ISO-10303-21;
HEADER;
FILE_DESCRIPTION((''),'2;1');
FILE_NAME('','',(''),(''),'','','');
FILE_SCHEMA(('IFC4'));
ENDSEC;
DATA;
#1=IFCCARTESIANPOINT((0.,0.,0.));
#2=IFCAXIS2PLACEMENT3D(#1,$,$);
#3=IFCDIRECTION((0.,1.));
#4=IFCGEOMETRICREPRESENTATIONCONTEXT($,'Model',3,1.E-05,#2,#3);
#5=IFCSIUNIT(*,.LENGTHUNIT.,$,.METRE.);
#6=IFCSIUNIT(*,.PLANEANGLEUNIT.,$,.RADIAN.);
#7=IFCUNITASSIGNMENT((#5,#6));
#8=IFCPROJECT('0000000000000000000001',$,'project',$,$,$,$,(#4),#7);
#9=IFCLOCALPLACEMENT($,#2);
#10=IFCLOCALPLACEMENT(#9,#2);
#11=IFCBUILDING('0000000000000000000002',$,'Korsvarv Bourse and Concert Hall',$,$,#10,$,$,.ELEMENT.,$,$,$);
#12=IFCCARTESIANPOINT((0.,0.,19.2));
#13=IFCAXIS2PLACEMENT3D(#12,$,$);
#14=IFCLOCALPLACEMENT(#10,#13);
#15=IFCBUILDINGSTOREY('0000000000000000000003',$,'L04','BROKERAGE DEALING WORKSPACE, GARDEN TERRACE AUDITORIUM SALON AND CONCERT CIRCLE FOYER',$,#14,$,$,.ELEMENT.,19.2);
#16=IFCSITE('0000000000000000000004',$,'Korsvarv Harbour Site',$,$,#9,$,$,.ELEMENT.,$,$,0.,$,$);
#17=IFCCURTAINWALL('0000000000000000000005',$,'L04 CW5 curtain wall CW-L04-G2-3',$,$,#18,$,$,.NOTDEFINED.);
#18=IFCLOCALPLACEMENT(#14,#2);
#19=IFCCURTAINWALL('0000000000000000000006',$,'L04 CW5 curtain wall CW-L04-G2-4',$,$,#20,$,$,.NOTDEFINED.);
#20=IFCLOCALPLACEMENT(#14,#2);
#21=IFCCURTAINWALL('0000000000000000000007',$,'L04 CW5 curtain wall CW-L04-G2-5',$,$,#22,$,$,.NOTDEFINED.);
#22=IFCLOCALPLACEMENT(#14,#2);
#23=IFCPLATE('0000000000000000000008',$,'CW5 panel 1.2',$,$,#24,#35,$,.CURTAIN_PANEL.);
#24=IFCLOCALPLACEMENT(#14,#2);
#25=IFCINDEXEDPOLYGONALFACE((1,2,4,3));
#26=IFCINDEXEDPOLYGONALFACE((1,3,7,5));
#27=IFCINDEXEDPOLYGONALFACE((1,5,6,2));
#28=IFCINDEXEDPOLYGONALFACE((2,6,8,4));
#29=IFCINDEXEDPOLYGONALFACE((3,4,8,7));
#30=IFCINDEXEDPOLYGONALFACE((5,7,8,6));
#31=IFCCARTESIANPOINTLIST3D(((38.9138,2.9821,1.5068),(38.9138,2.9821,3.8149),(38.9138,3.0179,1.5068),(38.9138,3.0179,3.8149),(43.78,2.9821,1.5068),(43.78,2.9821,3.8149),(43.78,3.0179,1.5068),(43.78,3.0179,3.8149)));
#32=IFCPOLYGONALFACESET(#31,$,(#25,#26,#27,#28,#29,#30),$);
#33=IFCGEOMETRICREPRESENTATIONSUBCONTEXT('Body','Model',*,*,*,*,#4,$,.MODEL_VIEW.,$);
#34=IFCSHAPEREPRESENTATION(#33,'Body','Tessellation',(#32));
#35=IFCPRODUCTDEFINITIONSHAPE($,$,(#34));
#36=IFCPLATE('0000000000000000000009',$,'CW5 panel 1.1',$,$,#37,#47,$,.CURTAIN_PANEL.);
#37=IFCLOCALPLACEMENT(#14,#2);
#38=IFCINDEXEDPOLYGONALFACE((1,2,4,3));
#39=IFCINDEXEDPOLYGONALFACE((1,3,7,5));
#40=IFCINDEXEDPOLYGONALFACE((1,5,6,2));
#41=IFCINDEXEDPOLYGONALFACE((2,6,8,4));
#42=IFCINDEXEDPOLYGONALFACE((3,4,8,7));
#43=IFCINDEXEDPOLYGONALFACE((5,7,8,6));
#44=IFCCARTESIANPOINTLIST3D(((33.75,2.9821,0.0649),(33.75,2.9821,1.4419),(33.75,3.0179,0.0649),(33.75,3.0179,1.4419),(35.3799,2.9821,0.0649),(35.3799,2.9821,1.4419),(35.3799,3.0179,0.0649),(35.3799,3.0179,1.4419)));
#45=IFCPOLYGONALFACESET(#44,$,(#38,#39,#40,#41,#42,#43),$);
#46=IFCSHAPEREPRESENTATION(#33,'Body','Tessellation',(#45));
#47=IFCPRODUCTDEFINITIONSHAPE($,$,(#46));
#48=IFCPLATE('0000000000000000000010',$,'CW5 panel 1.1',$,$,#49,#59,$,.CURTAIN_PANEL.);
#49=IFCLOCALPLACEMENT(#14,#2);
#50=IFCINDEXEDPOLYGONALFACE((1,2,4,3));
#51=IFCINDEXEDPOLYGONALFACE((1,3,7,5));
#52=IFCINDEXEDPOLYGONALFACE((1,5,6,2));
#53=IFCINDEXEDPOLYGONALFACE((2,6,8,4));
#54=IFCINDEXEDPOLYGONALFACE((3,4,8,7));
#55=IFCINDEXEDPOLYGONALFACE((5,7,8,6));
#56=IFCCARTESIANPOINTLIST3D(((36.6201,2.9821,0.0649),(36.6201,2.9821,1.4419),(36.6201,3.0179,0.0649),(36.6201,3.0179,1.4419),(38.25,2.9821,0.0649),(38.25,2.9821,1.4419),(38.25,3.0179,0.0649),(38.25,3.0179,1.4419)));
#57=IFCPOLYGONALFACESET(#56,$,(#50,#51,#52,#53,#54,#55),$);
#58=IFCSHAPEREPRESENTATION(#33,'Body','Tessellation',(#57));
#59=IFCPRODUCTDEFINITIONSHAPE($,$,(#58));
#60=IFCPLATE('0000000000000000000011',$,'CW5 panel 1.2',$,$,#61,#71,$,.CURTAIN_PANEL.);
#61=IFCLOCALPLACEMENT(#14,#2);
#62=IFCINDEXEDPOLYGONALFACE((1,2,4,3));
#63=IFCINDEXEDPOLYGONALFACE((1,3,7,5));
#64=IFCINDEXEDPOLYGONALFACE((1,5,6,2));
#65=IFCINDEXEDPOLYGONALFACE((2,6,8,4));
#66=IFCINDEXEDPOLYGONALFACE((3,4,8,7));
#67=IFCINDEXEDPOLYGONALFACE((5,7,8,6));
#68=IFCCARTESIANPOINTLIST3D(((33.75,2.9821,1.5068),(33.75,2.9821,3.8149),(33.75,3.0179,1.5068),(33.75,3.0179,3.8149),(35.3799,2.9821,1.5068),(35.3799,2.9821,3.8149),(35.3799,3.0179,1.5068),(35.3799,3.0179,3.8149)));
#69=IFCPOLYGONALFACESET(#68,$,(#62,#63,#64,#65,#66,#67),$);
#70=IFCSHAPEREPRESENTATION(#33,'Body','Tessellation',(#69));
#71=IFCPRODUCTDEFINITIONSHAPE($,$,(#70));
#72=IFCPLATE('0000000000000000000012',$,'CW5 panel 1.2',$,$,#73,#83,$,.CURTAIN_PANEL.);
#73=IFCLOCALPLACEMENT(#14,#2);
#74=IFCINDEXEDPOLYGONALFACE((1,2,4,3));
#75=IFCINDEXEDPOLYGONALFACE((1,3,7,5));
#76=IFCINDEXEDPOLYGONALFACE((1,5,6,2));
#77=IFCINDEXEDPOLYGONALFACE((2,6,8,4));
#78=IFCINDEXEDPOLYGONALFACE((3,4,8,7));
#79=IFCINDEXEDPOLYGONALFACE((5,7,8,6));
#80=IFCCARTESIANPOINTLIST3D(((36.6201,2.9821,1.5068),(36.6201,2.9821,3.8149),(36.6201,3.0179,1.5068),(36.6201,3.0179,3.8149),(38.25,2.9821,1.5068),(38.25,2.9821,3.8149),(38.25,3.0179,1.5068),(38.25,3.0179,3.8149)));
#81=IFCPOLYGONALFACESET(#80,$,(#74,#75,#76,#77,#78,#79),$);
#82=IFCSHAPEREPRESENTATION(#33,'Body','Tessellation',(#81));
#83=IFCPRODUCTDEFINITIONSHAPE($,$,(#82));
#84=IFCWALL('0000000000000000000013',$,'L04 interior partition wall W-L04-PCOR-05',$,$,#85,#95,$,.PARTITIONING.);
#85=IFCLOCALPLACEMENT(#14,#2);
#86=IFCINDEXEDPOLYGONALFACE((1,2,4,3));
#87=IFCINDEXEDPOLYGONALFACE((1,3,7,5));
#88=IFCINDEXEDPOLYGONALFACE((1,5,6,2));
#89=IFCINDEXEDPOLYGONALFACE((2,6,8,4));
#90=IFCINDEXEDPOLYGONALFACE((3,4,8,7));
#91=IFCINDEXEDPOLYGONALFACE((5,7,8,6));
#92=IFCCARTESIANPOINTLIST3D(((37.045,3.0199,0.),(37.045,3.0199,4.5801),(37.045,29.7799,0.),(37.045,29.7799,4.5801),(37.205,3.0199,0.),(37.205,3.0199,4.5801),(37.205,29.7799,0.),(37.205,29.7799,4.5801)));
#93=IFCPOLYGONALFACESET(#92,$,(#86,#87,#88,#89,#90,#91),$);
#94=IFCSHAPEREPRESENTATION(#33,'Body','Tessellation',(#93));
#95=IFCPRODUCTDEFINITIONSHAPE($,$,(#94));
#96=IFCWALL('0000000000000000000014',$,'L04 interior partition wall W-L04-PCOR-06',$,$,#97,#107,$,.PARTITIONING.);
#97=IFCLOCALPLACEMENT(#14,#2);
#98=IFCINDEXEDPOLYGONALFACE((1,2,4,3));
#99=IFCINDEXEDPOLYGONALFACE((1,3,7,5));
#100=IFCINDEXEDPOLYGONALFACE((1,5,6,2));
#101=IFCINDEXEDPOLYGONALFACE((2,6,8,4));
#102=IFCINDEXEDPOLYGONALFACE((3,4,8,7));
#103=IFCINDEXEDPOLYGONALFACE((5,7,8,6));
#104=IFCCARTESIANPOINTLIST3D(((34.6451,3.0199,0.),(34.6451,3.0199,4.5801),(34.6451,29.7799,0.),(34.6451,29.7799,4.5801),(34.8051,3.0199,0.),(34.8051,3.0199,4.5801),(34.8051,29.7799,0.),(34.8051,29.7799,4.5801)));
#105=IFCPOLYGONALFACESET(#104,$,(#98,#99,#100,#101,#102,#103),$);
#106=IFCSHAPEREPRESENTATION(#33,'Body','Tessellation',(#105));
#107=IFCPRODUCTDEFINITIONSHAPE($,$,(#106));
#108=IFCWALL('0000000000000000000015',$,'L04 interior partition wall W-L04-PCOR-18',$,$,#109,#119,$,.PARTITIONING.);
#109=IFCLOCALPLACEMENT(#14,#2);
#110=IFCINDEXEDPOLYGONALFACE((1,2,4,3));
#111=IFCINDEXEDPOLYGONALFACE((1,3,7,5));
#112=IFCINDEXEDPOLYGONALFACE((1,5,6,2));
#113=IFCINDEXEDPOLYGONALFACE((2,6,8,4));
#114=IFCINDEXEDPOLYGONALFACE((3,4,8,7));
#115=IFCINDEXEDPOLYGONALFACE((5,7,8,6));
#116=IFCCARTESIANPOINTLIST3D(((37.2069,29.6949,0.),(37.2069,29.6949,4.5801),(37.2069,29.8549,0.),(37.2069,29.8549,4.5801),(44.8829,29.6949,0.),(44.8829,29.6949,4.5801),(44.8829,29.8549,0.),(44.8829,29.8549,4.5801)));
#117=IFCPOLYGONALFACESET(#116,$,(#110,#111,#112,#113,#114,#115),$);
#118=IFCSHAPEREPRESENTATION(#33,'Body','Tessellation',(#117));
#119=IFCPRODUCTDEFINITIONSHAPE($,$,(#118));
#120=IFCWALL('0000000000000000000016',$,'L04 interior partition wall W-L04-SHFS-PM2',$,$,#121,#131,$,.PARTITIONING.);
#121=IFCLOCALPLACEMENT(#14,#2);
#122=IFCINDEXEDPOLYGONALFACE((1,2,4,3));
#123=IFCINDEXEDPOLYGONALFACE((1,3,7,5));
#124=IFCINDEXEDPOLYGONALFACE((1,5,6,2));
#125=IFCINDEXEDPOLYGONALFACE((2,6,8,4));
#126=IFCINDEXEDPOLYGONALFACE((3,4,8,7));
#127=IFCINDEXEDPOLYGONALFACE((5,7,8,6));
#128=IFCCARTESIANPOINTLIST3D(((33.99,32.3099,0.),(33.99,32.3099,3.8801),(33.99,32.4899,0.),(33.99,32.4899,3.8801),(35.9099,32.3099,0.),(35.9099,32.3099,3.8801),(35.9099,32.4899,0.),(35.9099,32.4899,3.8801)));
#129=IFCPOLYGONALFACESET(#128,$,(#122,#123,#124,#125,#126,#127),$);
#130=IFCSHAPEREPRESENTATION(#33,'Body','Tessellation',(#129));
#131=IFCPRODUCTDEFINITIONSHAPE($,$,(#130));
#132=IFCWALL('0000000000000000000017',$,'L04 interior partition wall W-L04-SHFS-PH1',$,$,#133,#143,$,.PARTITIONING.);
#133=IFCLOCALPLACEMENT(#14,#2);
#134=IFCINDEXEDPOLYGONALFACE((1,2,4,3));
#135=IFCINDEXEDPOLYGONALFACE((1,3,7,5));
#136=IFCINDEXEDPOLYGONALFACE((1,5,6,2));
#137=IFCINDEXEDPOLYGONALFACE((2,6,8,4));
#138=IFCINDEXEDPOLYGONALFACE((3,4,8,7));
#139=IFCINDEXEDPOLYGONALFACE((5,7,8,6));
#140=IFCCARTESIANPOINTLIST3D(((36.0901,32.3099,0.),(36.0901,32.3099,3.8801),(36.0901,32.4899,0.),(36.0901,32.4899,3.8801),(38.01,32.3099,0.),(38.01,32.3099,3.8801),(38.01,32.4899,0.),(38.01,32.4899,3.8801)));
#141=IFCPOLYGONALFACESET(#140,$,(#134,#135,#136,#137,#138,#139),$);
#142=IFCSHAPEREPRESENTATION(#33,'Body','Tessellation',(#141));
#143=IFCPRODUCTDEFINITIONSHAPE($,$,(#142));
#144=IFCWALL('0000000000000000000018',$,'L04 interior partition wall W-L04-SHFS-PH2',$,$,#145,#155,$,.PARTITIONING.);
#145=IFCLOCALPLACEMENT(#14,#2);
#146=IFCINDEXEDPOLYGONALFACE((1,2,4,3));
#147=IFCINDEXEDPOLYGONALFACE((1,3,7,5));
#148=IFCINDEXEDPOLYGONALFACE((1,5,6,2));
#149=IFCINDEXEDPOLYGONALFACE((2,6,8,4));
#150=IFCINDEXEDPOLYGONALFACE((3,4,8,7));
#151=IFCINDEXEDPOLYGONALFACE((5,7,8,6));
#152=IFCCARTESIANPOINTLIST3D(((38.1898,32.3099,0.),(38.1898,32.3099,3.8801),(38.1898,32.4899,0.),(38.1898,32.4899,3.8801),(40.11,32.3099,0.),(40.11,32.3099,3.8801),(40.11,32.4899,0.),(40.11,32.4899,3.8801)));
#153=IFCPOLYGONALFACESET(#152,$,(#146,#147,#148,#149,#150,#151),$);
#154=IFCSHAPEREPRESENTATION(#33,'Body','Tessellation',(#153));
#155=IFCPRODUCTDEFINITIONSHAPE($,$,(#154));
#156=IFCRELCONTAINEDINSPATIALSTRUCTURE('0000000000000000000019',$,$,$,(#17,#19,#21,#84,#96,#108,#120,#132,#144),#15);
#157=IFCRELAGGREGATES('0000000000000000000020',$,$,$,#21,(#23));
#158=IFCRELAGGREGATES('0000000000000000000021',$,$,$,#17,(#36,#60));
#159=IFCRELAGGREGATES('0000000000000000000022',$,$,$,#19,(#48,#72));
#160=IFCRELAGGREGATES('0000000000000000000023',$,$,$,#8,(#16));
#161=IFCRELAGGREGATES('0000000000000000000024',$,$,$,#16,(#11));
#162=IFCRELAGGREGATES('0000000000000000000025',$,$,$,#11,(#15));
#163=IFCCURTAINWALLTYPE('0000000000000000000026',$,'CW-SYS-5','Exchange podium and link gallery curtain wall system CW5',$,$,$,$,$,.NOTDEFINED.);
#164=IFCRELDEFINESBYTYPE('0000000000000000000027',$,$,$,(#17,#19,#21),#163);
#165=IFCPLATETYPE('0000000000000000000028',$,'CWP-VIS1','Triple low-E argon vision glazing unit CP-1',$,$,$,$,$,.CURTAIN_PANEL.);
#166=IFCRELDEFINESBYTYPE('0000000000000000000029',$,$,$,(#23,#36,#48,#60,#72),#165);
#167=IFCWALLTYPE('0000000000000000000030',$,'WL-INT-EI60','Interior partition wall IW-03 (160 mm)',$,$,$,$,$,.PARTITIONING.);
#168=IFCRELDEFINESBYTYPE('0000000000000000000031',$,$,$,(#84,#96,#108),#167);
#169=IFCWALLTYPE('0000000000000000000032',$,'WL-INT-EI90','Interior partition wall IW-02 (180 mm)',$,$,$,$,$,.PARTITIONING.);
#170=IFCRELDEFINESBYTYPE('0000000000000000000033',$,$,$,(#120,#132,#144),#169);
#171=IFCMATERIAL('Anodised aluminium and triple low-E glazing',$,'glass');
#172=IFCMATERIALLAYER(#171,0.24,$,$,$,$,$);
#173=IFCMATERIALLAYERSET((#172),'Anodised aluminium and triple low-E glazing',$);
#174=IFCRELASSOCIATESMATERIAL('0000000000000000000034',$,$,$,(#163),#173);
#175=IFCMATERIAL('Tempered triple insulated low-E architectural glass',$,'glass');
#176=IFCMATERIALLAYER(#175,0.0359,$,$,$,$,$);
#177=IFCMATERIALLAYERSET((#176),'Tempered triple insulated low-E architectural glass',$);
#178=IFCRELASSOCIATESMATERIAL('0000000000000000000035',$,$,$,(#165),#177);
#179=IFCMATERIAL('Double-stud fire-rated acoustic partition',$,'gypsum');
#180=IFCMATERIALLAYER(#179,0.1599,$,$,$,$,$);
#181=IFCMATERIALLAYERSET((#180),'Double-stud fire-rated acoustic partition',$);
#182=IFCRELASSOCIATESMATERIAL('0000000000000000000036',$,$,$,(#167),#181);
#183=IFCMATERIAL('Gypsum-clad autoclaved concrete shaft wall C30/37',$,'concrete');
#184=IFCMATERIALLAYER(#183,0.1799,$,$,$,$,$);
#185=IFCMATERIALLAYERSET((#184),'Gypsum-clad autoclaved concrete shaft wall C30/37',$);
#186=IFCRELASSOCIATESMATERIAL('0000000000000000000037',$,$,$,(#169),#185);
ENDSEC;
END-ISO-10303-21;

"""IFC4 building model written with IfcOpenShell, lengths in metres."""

from ifc_helpers import new_model, si_unit, direction, frame, frame_2d, origin, origin_2d, place, context, subcontext, project, spatial, rectangle, extrude, source, transform, mapped, material, layer, layer_set, type_object, element, aggregate, save


model = new_model("IFC4")

# Units and contexts
model_context = context("Model", 3, precision=1e-05, world=origin(), true_north=direction((0.0, 1.0)))
body_context = subcontext(model_context, "Body", "Model", "MODEL_VIEW")
ifc_project = project(units=[si_unit("LENGTHUNIT", "METRE"), si_unit("PLANEANGLEUNIT", "RADIAN")], contexts=[model_context])

# Site, building, storey
site_placement = place(None, origin())
site = spatial("IfcSite", under=ifc_project, at=site_placement, Name="Korsvarv Harbour Site", CompositionType="ELEMENT", RefElevation=0.0)
building_placement = place(site_placement, origin())
building = spatial("IfcBuilding", under=site, at=building_placement, Name="Korsvarv Bourse and Concert Hall", CompositionType="ELEMENT")
storey_placement = place(building_placement, frame((0.0, 0.0, 19.2)))
storey = spatial("IfcBuildingStorey", under=building, at=storey_placement, Name="L04", Description="BROKERAGE DEALING WORKSPACE, GARDEN TERRACE AUDITORIUM SALON AND CONCERT CIRCLE FOYER", CompositionType="ELEMENT", Elevation=19.2)

# Curtain walls
ifc_material_1 = material(Name="Anodised aluminium and triple low-E glazing", Category="glass")
ifc_layer_1 = layer(ifc_material_1, 0.24)
ifc_layer_set_1 = layer_set([ifc_layer_1], Name="Anodised aluminium and triple low-E glazing")
curtain_wall_type = type_object("IfcCurtainWallType", Name="CW-SYS-5", Description="Exchange podium and link gallery curtain wall system CW5", PredefinedType="NOTDEFINED", material=ifc_layer_set_1)
curtain_wall_1_placement = place(storey_placement, origin())
curtain_wall_1 = element("IfcCurtainWall", 1, at=curtain_wall_1_placement, inside=storey, type_object=curtain_wall_type, Name="L04 CW5 curtain wall CW-L04-G2-3", PredefinedType="NOTDEFINED")
curtain_wall_2_placement = place(storey_placement, origin())
curtain_wall_2 = element("IfcCurtainWall", 2, at=curtain_wall_2_placement, inside=storey, type_object=curtain_wall_type, Name="L04 CW5 curtain wall CW-L04-G2-4", PredefinedType="NOTDEFINED")

# Curtain wall, plate
curtain_wall_3_placement = place(storey_placement, origin())
curtain_wall_3 = element("IfcCurtainWall", 3, at=curtain_wall_3_placement, inside=storey, type_object=curtain_wall_type, Name="L04 CW5 curtain wall CW-L04-G2-5", PredefinedType="NOTDEFINED")
ifc_material_2 = material(Name="Tempered triple insulated low-E architectural glass", Category="glass")
ifc_layer_2 = layer(ifc_material_2, 0.0359)
ifc_layer_set_2 = layer_set([ifc_layer_2], Name="Tempered triple insulated low-E architectural glass")
plate_type = type_object("IfcPlateType", Name="CWP-VIS1", Description="Triple low-E argon vision glazing unit CP-1", PredefinedType="CURTAIN_PANEL", material=ifc_layer_set_2)
shared_shape_1 = source(origin(), body_context, "Body", "SweptSolid", [
    extrude(rectangle(XDim=4.8662, YDim=0.0359, at=origin_2d()), origin(), (0.0, 0.0, 1.0), 2.3081),
])
plate_1_placement = place(storey_placement, frame((41.3469, 3.0, 1.5068), z_axis=(0.0, 0.0, 1.0), x_axis=(1.0, 0.0, 0.0)))
plate_1 = element("IfcPlate", 4, at=plate_1_placement, type_object=plate_type, Name="CW5 panel 1.2", PredefinedType="CURTAIN_PANEL", context=body_context, shape_type="MappedRepresentation", body=[
    mapped(shared_shape_1, transform((0.0, 0.0, 0.0), scale=1.0)),
])
aggregate(curtain_wall_3, [plate_1])

# Plates
shared_shape_2 = source(origin(), body_context, "Body", "SweptSolid", [
    extrude(rectangle(XDim=1.6299, YDim=0.0359, at=origin_2d()), origin(), (0.0, 0.0, 1.0), 1.377),
])
plate_2_placement = place(storey_placement, frame((34.5649, 3.0, 0.0649), z_axis=(0.0, 0.0, 1.0), x_axis=(1.0, 0.0, 0.0)))
plate_2 = element("IfcPlate", 5, at=plate_2_placement, type_object=plate_type, Name="CW5 panel 1.1", PredefinedType="CURTAIN_PANEL", context=body_context, shape_type="MappedRepresentation", body=[
    mapped(shared_shape_2, transform((0.0, 0.0, 0.0), scale=1.0)),
])
plate_3_placement = place(storey_placement, frame((37.4351, 3.0, 0.0649), z_axis=(0.0, 0.0, 1.0), x_axis=(1.0, 0.0, 0.0)))
plate_3 = element("IfcPlate", 6, at=plate_3_placement, type_object=plate_type, Name="CW5 panel 1.1", PredefinedType="CURTAIN_PANEL", context=body_context, shape_type="MappedRepresentation", body=[
    mapped(shared_shape_2, transform((0.0, 0.0, 0.0), scale=1.0)),
])
shared_shape_3 = source(origin(), body_context, "Body", "SweptSolid", [
    extrude(rectangle(XDim=1.6299, YDim=0.0359, at=origin_2d()), origin(), (0.0, 0.0, 1.0), 2.3081),
])
plate_4_placement = place(storey_placement, frame((34.5649, 3.0, 1.5068), z_axis=(0.0, 0.0, 1.0), x_axis=(1.0, 0.0, 0.0)))
plate_4 = element("IfcPlate", 7, at=plate_4_placement, type_object=plate_type, Name="CW5 panel 1.2", PredefinedType="CURTAIN_PANEL", context=body_context, shape_type="MappedRepresentation", body=[
    mapped(shared_shape_3, transform((0.0, 0.0, 0.0), scale=1.0)),
])
aggregate(curtain_wall_1, [plate_2, plate_4])
plate_5_placement = place(storey_placement, frame((37.4351, 3.0, 1.5068), z_axis=(0.0, 0.0, 1.0), x_axis=(1.0, 0.0, 0.0)))
plate_5 = element("IfcPlate", 8, at=plate_5_placement, type_object=plate_type, Name="CW5 panel 1.2", PredefinedType="CURTAIN_PANEL", context=body_context, shape_type="MappedRepresentation", body=[
    mapped(shared_shape_3, transform((0.0, 0.0, 0.0), scale=1.0)),
])
aggregate(curtain_wall_2, [plate_3, plate_5])

# Walls
ifc_material_3 = material(Name="Double-stud fire-rated acoustic partition", Category="gypsum")
ifc_layer_3 = layer(ifc_material_3, 0.1599)
ifc_layer_set_3 = layer_set([ifc_layer_3], Name="Double-stud fire-rated acoustic partition")
wall_type_1 = type_object("IfcWallType", Name="WL-INT-EI60", Description="Interior partition wall IW-03 (160 mm)", PredefinedType="PARTITIONING", material=ifc_layer_set_3)
for number, where, z_axis, x_axis, name in (
    (9, (37.125, 3.02, 0.0), (0.0, 0.0, 1.0), (0.0, 1.0, 0.0), "L04 interior partition wall W-L04-PCOR-05"),
    (10, (34.7251, 3.02, 0.0), (0.0, 0.0, 1.0), (0.0, 1.0, 0.0), "L04 interior partition wall W-L04-PCOR-06"),
):
    element("IfcWall", number, at=place(storey_placement, frame(where, z_axis=z_axis, x_axis=x_axis)), inside=storey, type_object=wall_type_1, Name=name, PredefinedType="PARTITIONING", context=body_context, shape_type="SweptSolid", body=[
        extrude(rectangle(XDim=26.76, YDim=0.1599, at=frame_2d((13.3799, 0.0))), origin(), (0.0, 0.0, 1.0), 4.5801),
    ])
wall_1_placement = place(storey_placement, frame((37.207, 29.7749, 0.0), z_axis=(0.0, 0.0, 1.0), x_axis=(1.0, 0.0, 0.0)))
element("IfcWall", 11, at=wall_1_placement, inside=storey, type_object=wall_type_1, Name="L04 interior partition wall W-L04-PCOR-18", PredefinedType="PARTITIONING", context=body_context, shape_type="SweptSolid", body=[
    extrude(rectangle(XDim=7.676, YDim=0.1599, at=frame_2d((3.8379, 0.0))), origin(), (0.0, 0.0, 1.0), 4.5801),
])
ifc_material_4 = material(Name="Gypsum-clad autoclaved concrete shaft wall C30/37", Category="concrete")
ifc_layer_4 = layer(ifc_material_4, 0.1799)
ifc_layer_set_4 = layer_set([ifc_layer_4], Name="Gypsum-clad autoclaved concrete shaft wall C30/37")
wall_type_2 = type_object("IfcWallType", Name="WL-INT-EI90", Description="Interior partition wall IW-02 (180 mm)", PredefinedType="PARTITIONING", material=ifc_layer_set_4)
for number, where, z_axis, x_axis, name in (
    (12, (33.99, 32.3999, 0.0), (0.0, 0.0, 1.0), (1.0, 0.0, 0.0), "L04 interior partition wall W-L04-SHFS-PM2"),
    (13, (36.0901, 32.3999, 0.0), (0.0, 0.0, 1.0), (1.0, 0.0, 0.0), "L04 interior partition wall W-L04-SHFS-PH1"),
):
    element("IfcWall", number, at=place(storey_placement, frame(where, z_axis=z_axis, x_axis=x_axis)), inside=storey, type_object=wall_type_2, Name=name, PredefinedType="PARTITIONING", context=body_context, shape_type="SweptSolid", body=[
        extrude(rectangle(XDim=1.9199, YDim=0.1799, at=frame_2d((0.96, 0.0))), origin(), (0.0, 0.0, 1.0), 3.8801),
    ])
wall_2_placement = place(storey_placement, frame((38.1899, 32.3999, 0.0), z_axis=(0.0, 0.0, 1.0), x_axis=(1.0, 0.0, 0.0)))
element("IfcWall", 14, at=wall_2_placement, inside=storey, type_object=wall_type_2, Name="L04 interior partition wall W-L04-SHFS-PH2", PredefinedType="PARTITIONING", context=body_context, shape_type="SweptSolid", body=[
    extrude(rectangle(XDim=1.9202, YDim=0.1799, at=frame_2d((0.96, 0.0))), origin(), (0.0, 0.0, 1.0), 3.8801),
])

save(model, "model.ifc")
